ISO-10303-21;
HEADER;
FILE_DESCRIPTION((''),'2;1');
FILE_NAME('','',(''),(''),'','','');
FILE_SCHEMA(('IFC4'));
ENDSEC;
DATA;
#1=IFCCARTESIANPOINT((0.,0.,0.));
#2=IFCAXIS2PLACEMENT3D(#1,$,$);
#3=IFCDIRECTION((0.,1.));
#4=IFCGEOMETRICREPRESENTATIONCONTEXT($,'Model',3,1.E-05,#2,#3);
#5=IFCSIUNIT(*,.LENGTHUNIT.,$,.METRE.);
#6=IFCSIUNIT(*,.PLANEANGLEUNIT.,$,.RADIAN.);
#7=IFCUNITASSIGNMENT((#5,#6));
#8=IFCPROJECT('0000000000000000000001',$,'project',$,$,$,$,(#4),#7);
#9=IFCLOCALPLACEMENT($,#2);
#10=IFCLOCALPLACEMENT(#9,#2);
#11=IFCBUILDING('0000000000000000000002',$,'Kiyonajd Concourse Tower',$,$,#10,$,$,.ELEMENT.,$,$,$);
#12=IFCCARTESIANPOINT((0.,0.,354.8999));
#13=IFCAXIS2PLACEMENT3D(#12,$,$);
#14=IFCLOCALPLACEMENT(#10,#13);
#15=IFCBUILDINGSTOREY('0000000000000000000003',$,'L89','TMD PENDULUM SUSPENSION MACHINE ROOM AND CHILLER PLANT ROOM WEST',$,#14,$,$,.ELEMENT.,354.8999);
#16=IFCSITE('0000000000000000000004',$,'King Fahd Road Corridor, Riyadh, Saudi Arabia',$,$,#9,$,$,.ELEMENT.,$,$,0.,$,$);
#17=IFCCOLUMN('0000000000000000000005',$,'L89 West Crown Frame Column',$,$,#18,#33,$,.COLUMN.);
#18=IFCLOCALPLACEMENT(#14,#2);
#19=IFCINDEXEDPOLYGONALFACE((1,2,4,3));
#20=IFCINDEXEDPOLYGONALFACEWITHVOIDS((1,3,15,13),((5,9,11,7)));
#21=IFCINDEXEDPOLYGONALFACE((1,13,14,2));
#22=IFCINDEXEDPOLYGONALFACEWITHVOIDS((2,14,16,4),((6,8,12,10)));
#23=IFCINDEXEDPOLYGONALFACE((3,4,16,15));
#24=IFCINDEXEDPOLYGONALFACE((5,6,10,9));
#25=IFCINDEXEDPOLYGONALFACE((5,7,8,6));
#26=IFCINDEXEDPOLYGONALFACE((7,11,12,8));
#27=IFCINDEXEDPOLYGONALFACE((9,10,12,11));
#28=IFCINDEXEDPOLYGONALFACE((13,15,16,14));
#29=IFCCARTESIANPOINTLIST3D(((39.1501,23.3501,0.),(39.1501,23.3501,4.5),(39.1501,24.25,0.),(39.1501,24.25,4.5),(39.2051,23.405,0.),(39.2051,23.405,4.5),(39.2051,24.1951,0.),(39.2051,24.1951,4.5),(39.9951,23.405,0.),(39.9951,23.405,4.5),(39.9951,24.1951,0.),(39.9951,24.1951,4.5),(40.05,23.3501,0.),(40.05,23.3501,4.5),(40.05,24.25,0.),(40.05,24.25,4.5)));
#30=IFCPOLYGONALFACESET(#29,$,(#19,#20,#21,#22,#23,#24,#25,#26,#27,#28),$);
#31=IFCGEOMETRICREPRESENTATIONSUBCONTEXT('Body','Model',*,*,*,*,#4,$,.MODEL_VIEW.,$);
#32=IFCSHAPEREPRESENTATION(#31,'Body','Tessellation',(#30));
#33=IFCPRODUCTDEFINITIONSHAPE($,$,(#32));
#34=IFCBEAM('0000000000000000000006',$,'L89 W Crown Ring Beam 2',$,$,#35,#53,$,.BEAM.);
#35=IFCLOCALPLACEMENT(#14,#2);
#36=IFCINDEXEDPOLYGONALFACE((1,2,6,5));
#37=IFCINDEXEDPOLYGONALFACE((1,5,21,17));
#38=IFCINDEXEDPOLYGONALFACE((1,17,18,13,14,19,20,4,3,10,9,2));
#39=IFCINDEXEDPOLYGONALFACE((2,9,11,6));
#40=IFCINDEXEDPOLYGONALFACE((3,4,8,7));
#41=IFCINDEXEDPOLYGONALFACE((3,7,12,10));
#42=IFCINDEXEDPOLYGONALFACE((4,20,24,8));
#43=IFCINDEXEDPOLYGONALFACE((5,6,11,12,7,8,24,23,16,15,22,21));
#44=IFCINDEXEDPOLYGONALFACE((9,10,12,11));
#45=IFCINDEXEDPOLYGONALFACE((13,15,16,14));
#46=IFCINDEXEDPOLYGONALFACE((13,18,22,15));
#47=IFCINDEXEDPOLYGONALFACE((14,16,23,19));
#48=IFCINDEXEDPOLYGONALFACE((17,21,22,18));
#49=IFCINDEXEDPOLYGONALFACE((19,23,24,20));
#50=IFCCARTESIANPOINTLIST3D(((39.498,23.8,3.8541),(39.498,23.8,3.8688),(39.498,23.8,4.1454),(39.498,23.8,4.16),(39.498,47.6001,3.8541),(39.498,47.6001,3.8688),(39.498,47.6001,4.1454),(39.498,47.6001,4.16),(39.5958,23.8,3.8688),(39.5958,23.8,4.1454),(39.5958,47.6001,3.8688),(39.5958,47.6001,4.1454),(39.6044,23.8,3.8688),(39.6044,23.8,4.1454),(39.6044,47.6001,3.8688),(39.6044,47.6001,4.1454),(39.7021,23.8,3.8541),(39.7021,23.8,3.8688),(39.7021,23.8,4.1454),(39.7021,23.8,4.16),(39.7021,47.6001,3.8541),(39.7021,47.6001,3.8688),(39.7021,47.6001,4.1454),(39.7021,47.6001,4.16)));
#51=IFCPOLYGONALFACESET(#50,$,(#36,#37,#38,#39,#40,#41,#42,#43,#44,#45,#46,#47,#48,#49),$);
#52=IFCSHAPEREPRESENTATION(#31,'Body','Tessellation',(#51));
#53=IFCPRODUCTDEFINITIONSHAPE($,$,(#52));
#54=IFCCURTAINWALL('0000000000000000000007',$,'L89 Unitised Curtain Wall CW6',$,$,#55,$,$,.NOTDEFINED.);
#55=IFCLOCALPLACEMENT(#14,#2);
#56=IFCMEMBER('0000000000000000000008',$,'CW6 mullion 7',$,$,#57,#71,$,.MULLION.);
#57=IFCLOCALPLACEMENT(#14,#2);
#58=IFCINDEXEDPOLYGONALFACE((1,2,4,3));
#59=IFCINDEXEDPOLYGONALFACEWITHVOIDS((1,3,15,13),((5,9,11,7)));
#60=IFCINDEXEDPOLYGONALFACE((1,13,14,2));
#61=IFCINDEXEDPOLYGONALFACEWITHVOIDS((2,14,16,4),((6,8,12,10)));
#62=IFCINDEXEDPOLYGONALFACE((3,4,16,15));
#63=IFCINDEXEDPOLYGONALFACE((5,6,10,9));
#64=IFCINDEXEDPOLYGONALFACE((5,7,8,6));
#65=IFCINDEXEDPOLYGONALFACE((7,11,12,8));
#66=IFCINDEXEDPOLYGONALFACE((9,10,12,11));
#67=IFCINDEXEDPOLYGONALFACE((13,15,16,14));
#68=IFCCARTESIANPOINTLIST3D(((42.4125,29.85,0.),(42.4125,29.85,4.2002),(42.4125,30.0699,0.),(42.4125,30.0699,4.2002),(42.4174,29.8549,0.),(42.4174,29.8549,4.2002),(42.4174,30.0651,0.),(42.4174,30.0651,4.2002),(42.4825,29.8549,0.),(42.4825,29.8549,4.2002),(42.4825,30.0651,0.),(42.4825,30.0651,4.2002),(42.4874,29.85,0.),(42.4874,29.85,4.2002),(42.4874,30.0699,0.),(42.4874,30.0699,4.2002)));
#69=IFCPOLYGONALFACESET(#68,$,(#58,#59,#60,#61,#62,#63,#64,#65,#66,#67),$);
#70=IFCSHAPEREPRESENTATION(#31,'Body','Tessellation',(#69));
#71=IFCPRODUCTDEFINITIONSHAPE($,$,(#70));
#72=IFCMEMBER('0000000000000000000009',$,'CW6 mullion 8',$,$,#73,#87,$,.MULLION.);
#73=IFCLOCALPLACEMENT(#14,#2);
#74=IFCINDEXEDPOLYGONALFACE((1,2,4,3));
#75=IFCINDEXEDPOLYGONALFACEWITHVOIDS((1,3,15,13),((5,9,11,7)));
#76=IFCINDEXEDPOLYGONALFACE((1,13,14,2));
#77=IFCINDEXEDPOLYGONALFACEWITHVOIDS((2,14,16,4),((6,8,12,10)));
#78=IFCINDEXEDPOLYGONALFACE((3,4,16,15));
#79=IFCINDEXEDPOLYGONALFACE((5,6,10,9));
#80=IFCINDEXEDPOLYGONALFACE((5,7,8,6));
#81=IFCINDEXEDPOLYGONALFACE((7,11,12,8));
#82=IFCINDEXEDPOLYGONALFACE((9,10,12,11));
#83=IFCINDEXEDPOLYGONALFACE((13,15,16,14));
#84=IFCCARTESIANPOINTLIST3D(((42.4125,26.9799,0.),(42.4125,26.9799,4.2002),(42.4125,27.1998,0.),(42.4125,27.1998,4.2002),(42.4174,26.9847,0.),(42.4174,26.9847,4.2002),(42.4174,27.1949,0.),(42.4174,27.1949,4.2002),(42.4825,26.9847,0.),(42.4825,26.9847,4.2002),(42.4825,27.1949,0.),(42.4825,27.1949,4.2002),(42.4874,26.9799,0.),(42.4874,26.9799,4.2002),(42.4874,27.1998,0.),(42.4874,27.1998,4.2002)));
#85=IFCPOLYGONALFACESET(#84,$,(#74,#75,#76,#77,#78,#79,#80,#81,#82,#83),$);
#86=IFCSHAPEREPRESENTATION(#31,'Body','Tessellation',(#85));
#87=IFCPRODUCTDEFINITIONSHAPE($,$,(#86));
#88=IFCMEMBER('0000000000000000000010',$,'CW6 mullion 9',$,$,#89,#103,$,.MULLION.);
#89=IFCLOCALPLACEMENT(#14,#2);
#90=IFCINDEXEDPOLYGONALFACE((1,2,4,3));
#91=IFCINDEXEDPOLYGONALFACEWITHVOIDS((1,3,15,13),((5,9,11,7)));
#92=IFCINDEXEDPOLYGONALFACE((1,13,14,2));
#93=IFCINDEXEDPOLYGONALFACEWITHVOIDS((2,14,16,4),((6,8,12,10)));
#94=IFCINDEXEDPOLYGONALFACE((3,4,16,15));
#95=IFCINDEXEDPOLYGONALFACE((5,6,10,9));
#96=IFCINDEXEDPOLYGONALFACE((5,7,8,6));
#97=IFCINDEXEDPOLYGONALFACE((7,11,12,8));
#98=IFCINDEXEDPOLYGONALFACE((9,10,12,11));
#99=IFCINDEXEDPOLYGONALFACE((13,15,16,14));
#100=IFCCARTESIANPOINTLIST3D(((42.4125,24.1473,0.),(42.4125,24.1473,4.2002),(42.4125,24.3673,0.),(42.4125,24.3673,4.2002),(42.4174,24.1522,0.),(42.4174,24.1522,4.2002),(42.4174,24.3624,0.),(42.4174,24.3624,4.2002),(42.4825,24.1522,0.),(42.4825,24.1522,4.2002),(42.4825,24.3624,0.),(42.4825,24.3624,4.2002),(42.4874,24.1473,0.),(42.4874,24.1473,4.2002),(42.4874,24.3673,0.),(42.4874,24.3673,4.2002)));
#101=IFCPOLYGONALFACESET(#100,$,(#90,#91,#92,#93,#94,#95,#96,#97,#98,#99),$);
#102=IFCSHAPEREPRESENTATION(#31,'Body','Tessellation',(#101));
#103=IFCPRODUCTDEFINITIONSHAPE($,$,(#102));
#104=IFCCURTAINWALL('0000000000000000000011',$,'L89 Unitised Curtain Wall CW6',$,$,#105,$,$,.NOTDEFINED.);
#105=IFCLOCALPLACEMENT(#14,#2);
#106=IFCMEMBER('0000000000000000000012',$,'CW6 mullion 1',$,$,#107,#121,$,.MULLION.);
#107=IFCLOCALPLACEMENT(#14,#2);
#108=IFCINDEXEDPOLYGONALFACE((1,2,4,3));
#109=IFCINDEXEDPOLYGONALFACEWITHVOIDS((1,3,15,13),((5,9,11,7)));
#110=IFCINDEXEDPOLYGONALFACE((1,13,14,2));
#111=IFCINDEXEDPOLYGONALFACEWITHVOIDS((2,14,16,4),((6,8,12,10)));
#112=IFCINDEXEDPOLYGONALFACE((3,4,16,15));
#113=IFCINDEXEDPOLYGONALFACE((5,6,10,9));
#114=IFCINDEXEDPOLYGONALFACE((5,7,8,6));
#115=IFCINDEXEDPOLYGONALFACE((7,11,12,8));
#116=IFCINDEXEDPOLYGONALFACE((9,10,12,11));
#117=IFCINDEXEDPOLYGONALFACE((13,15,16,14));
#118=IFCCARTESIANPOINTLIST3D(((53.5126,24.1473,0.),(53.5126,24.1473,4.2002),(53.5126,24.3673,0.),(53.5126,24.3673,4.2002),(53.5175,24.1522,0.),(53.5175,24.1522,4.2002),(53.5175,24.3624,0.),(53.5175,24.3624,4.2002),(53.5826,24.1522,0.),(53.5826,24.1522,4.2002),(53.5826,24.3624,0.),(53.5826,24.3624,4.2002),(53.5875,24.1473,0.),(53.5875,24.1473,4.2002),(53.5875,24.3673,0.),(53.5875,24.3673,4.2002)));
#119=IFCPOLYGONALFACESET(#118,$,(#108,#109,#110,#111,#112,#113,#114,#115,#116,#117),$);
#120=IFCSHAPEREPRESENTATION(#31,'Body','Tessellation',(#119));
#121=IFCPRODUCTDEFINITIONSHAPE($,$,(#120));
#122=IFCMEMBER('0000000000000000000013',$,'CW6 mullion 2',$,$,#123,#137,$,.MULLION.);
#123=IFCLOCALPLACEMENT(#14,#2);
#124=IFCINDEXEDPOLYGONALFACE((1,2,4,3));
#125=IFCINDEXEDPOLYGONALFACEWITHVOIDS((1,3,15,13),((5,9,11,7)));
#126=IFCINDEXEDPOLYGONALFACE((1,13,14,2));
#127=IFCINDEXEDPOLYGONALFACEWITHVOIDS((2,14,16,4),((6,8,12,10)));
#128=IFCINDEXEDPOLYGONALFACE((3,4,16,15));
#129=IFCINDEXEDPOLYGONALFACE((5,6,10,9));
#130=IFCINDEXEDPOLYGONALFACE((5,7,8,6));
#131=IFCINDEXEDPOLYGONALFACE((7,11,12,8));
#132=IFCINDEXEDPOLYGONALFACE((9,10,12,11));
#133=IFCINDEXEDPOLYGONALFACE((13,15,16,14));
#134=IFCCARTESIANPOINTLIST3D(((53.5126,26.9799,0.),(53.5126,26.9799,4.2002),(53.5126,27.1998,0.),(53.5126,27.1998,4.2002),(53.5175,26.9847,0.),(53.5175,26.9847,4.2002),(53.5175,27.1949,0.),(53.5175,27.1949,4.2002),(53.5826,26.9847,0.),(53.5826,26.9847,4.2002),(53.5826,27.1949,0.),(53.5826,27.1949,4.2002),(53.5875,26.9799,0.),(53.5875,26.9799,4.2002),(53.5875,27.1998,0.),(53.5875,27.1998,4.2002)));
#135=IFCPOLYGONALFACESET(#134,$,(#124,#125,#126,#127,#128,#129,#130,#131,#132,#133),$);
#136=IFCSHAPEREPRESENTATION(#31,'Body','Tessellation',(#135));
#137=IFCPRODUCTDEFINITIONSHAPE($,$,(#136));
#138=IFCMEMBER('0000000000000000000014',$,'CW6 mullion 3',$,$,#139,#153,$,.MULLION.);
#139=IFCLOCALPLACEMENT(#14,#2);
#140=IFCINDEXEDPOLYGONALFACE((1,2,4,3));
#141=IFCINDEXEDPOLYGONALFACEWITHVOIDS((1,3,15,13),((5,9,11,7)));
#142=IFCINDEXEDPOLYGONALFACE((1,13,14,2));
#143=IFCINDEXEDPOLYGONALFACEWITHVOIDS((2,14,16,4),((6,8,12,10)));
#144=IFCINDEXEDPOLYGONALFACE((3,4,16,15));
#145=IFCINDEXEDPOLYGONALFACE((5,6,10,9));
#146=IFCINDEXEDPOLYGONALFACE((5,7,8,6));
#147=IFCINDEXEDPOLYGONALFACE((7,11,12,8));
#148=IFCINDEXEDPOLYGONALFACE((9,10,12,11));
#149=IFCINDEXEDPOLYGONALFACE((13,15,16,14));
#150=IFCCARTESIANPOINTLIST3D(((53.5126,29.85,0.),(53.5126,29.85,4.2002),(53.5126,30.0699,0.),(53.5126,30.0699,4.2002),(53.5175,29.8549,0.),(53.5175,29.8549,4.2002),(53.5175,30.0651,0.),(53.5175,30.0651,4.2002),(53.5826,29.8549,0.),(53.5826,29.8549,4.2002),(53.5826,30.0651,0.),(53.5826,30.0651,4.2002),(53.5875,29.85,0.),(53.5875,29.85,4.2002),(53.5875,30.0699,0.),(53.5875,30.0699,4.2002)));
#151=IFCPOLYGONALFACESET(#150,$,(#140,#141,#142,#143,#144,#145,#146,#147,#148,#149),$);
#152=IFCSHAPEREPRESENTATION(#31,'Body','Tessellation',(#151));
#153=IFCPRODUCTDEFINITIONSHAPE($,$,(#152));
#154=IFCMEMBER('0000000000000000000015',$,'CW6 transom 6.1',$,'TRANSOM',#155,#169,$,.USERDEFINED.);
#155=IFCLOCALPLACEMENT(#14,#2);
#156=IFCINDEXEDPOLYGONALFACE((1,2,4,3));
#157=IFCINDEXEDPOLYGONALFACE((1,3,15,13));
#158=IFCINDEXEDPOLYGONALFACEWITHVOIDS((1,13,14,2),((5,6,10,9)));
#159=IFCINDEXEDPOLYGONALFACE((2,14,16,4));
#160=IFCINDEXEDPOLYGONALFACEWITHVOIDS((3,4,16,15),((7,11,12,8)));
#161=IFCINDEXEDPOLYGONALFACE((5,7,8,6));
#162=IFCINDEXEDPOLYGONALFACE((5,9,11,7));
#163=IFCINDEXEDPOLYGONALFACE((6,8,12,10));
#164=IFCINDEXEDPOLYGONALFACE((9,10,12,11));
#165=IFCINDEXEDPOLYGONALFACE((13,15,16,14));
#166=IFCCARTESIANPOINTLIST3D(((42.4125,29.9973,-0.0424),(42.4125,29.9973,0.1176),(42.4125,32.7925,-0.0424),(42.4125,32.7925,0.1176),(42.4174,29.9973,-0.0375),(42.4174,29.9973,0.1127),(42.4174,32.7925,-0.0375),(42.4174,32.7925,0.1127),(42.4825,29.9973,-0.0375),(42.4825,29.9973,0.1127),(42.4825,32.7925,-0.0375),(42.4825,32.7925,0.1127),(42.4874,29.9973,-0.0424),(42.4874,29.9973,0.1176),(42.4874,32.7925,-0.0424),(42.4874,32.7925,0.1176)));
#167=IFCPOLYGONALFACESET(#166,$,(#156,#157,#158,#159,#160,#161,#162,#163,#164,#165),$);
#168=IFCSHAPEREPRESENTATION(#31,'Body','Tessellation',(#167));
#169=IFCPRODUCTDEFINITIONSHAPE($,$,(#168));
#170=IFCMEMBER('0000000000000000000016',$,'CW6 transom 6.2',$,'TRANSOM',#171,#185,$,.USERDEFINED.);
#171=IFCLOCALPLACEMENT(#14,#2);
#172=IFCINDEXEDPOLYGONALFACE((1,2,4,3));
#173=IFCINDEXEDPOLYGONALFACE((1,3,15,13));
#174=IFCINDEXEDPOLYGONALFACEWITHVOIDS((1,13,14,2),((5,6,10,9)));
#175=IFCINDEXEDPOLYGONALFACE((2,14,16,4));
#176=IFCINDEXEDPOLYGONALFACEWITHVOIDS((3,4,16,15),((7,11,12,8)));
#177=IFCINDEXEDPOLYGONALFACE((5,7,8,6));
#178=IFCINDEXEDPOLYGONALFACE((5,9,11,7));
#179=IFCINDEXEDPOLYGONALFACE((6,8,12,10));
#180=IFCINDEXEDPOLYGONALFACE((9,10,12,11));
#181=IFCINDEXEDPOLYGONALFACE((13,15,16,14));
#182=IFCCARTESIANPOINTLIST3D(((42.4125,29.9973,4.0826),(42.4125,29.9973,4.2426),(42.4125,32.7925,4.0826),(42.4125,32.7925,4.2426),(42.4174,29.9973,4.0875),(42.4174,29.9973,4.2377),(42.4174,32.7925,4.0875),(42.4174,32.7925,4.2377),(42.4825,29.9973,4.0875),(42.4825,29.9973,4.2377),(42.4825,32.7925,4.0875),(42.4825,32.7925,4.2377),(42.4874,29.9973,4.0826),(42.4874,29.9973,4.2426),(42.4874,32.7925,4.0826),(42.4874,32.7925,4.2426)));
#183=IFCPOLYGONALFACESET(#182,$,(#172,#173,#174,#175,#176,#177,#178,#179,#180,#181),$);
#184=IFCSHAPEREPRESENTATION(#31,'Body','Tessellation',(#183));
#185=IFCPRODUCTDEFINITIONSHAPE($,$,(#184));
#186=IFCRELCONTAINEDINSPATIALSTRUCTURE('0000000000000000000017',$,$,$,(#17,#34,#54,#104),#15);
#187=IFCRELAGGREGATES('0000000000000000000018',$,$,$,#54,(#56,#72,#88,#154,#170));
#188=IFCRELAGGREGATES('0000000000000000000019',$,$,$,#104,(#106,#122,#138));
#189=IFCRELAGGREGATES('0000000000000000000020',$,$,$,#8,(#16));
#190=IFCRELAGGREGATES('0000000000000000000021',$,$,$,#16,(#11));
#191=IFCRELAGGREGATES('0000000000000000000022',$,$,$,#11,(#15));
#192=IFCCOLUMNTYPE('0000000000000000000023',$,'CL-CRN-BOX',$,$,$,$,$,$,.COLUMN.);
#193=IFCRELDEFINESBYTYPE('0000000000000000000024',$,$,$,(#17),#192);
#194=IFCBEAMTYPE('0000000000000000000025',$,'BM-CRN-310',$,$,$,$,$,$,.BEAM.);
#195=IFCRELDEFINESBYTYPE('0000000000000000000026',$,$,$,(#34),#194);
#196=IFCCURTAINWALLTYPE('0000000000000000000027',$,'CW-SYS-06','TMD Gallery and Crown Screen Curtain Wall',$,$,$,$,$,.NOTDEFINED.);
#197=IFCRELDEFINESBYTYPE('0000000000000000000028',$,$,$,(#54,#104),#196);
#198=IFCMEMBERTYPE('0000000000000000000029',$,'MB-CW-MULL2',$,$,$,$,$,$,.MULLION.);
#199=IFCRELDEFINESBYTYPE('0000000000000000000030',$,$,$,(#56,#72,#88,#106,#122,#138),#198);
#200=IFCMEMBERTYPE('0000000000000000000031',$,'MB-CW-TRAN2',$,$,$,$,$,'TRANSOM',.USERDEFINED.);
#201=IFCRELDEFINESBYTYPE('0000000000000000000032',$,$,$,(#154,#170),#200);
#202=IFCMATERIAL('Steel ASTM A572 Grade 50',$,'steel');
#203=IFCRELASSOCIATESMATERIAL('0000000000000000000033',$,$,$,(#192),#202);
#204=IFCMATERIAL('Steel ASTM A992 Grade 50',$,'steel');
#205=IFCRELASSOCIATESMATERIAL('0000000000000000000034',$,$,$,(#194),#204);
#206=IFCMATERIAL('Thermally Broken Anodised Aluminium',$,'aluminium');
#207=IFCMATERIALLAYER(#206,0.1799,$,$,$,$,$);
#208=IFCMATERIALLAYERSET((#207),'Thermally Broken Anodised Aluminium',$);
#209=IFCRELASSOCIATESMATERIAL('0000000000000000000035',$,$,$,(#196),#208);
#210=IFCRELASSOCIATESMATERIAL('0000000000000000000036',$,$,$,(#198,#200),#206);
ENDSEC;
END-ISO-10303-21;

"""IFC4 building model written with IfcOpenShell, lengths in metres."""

from ifc_helpers import new_model, si_unit, direction, frame, origin, origin_2d, place, context, subcontext, project, spatial, hollow_rectangle, i_section, extrude, material, layer, layer_set, material_profile, profile_set, type_object, element, aggregate, save


model = new_model("IFC4")

# Units and contexts
model_context = context("Model", 3, precision=1e-05, world=origin(), true_north=direction((0.0, 1.0)))
body_context = subcontext(model_context, "Body", "Model", "MODEL_VIEW")
ifc_project = project(units=[si_unit("LENGTHUNIT", "METRE"), si_unit("PLANEANGLEUNIT", "RADIAN")], contexts=[model_context])

# Site, building, storey
site_placement = place(None, origin())
site = spatial("IfcSite", under=ifc_project, at=site_placement, Name="King Fahd Road Corridor, Riyadh, Saudi Arabia", CompositionType="ELEMENT", RefElevation=0.0)
building_placement = place(site_placement, origin())
building = spatial("IfcBuilding", under=site, at=building_placement, Name="Kiyonajd Concourse Tower", CompositionType="ELEMENT")
storey_placement = place(building_placement, frame((0.0, 0.0, 354.8999)))
storey = spatial("IfcBuildingStorey", under=building, at=storey_placement, Name="L89", Description="TMD PENDULUM SUSPENSION MACHINE ROOM AND CHILLER PLANT ROOM WEST", CompositionType="ELEMENT", Elevation=354.8999)

# Column
ifc_material_1 = material(Name="Steel ASTM A572 Grade 50", Category="steel")
ifc_material_profile_1 = material_profile(ifc_material_1, hollow_rectangle(XDim=0.8999, YDim=0.8999, WallThickness=0.0549, at=origin_2d()), Name="BOX-900x900x55")
ifc_profile_set_1 = profile_set([ifc_material_profile_1], Name="Steel ASTM A572 Grade 50")
column_type = type_object("IfcColumnType", Name="CL-CRN-BOX", PredefinedType="COLUMN", material=ifc_profile_set_1)
column_placement = place(storey_placement, frame((39.6001, 23.8, 0.0), z_axis=(0.0, 0.0, 1.0), x_axis=(1.0, 0.0, 0.0)))
element("IfcColumn", 1, at=column_placement, inside=storey, type_object=column_type, Name="L89 West Crown Frame Column", PredefinedType="COLUMN", context=body_context, shape_type="SweptSolid", body=[
    extrude(hollow_rectangle(XDim=0.8999, YDim=0.8999, WallThickness=0.0549, at=origin_2d()), origin(), (0.0, 0.0, 1.0), 4.5),
])

# Beam
ifc_material_2 = material(Name="Steel ASTM A992 Grade 50", Category="steel")
ifc_material_profile_2 = material_profile(ifc_material_2, i_section(OverallWidth=0.2041, OverallDepth=0.3059, WebThickness=0.0085, FlangeThickness=0.0146, at=origin_2d()), Name="W310X67")
ifc_profile_set_2 = profile_set([ifc_material_profile_2], Name="Steel ASTM A992 Grade 50")
beam_type = type_object("IfcBeamType", Name="BM-CRN-310", PredefinedType="BEAM", material=ifc_profile_set_2)
beam_placement = place(storey_placement, frame((39.6001, 23.8, 4.0071), z_axis=(0.0, 1.0, 0.0), x_axis=(-1.0, 0.0, 0.0)))
element("IfcBeam", 2, at=beam_placement, inside=storey, type_object=beam_type, Name="L89 W Crown Ring Beam 2", PredefinedType="BEAM", context=body_context, shape_type="SweptSolid", body=[
    extrude(i_section(OverallWidth=0.2041, OverallDepth=0.3059, WebThickness=0.0085, FlangeThickness=0.0146, at=origin_2d()), origin(), (0.0, 0.0, 1.0), 23.8),
])

# Curtain walls, members
ifc_material_3 = material(Name="Thermally Broken Anodised Aluminium", Category="aluminium")
ifc_layer_1 = layer(ifc_material_3, 0.1799)
ifc_layer_set_1 = layer_set([ifc_layer_1], Name="Thermally Broken Anodised Aluminium")
curtain_wall_type = type_object("IfcCurtainWallType", Name="CW-SYS-06", Description="TMD Gallery and Crown Screen Curtain Wall", PredefinedType="NOTDEFINED", material=ifc_layer_set_1)
curtain_wall_1_placement = place(storey_placement, origin())
curtain_wall_1 = element("IfcCurtainWall", 3, at=curtain_wall_1_placement, inside=storey, type_object=curtain_wall_type, Name="L89 Unitised Curtain Wall CW6", PredefinedType="NOTDEFINED")
ifc_material_profile_3 = material_profile(ifc_material_3, hollow_rectangle(XDim=0.075, YDim=0.22, WallThickness=0.0049, at=origin_2d()), Name="MULL-75x220")
ifc_profile_set_3 = profile_set([ifc_material_profile_3], Name="Thermally Broken Anodised Aluminium")
member_type_1 = type_object("IfcMemberType", Name="MB-CW-MULL2", PredefinedType="MULLION", material=ifc_profile_set_3)
member_1_placement = place(storey_placement, frame((42.45, 29.96, 0.0), z_axis=(0.0, 0.0, 1.0), x_axis=(1.0, 0.0, 0.0)))
member_1 = element("IfcMember", 4, at=member_1_placement, type_object=member_type_1, Name="CW6 mullion 7", PredefinedType="MULLION", context=body_context, shape_type="SweptSolid", body=[
    extrude(hollow_rectangle(XDim=0.075, YDim=0.22, WallThickness=0.0049, at=origin_2d()), origin(), (0.0, 0.0, 1.0), 4.2002),
])
member_2_placement = place(storey_placement, frame((42.45, 27.0898, 0.0), z_axis=(0.0, 0.0, 1.0), x_axis=(1.0, 0.0, 0.0)))
member_2 = element("IfcMember", 5, at=member_2_placement, type_object=member_type_1, Name="CW6 mullion 8", PredefinedType="MULLION", context=body_context, shape_type="SweptSolid", body=[
    extrude(hollow_rectangle(XDim=0.075, YDim=0.22, WallThickness=0.0049, at=origin_2d()), origin(), (0.0, 0.0, 1.0), 4.2002),
])
member_3_placement = place(storey_placement, frame((42.45, 24.2573, 0.0), z_axis=(0.0, 0.0, 1.0), x_axis=(1.0, 0.0, 0.0)))
member_3 = element("IfcMember", 6, at=member_3_placement, type_object=member_type_1, Name="CW6 mullion 9", PredefinedType="MULLION", context=body_context, shape_type="SweptSolid", body=[
    extrude(hollow_rectangle(XDim=0.075, YDim=0.22, WallThickness=0.0049, at=origin_2d()), origin(), (0.0, 0.0, 1.0), 4.2002),
])
curtain_wall_2_placement = place(storey_placement, origin())
curtain_wall_2 = element("IfcCurtainWall", 7, at=curtain_wall_2_placement, inside=storey, type_object=curtain_wall_type, Name="L89 Unitised Curtain Wall CW6", PredefinedType="NOTDEFINED")
member_4_placement = place(storey_placement, frame((53.55, 24.2573, 0.0), z_axis=(0.0, 0.0, 1.0), x_axis=(-1.0, 0.0, 0.0)))
member_4 = element("IfcMember", 8, at=member_4_placement, type_object=member_type_1, Name="CW6 mullion 1", PredefinedType="MULLION", context=body_context, shape_type="SweptSolid", body=[
    extrude(hollow_rectangle(XDim=0.075, YDim=0.22, WallThickness=0.0049, at=origin_2d()), origin(), (0.0, 0.0, 1.0), 4.2002),
])
member_5_placement = place(storey_placement, frame((53.55, 27.0898, 0.0), z_axis=(0.0, 0.0, 1.0), x_axis=(-1.0, 0.0, 0.0)))
member_5 = element("IfcMember", 9, at=member_5_placement, type_object=member_type_1, Name="CW6 mullion 2", PredefinedType="MULLION", context=body_context, shape_type="SweptSolid", body=[
    extrude(hollow_rectangle(XDim=0.075, YDim=0.22, WallThickness=0.0049, at=origin_2d()), origin(), (0.0, 0.0, 1.0), 4.2002),
])
member_6_placement = place(storey_placement, frame((53.55, 29.96, 0.0), z_axis=(0.0, 0.0, 1.0), x_axis=(-1.0, 0.0, 0.0)))
member_6 = element("IfcMember", 10, at=member_6_placement, type_object=member_type_1, Name="CW6 mullion 3", PredefinedType="MULLION", context=body_context, shape_type="SweptSolid", body=[
    extrude(hollow_rectangle(XDim=0.075, YDim=0.22, WallThickness=0.0049, at=origin_2d()), origin(), (0.0, 0.0, 1.0), 4.2002),
])

# Members
ifc_material_profile_4 = material_profile(ifc_material_3, hollow_rectangle(XDim=0.075, YDim=0.1599, WallThickness=0.0049, at=origin_2d()), Name="TRAN-75x160")
ifc_profile_set_4 = profile_set([ifc_material_profile_4], Name="Thermally Broken Anodised Aluminium")
member_type_2 = type_object("IfcMemberType", Name="MB-CW-TRAN2", ElementType="TRANSOM", PredefinedType="USERDEFINED", material=ifc_profile_set_4)
member_7_placement = place(storey_placement, frame((42.45, 32.7925, 0.0376), z_axis=(0.0, -1.0, 0.0), x_axis=(1.0, 0.0, 0.0)))
member_7 = element("IfcMember", 11, at=member_7_placement, type_object=member_type_2, Name="CW6 transom 6.1", ObjectType="TRANSOM", PredefinedType="USERDEFINED", context=body_context, shape_type="SweptSolid", body=[
    extrude(hollow_rectangle(XDim=0.075, YDim=0.1599, WallThickness=0.0049, at=origin_2d()), origin(), (0.0, 0.0, 1.0), 2.7952),
])
member_8_placement = place(storey_placement, frame((42.45, 32.7925, 4.1626), z_axis=(0.0, -1.0, 0.0), x_axis=(1.0, 0.0, 0.0)))
member_8 = element("IfcMember", 12, at=member_8_placement, type_object=member_type_2, Name="CW6 transom 6.2", ObjectType="TRANSOM", PredefinedType="USERDEFINED", context=body_context, shape_type="SweptSolid", body=[
    extrude(hollow_rectangle(XDim=0.075, YDim=0.1599, WallThickness=0.0049, at=origin_2d()), origin(), (0.0, 0.0, 1.0), 2.7952),
])

aggregate(curtain_wall_1, [member_1, member_2, member_3, member_7, member_8])
aggregate(curtain_wall_2, [member_4, member_5, member_6])

save(model, "model.ifc")
